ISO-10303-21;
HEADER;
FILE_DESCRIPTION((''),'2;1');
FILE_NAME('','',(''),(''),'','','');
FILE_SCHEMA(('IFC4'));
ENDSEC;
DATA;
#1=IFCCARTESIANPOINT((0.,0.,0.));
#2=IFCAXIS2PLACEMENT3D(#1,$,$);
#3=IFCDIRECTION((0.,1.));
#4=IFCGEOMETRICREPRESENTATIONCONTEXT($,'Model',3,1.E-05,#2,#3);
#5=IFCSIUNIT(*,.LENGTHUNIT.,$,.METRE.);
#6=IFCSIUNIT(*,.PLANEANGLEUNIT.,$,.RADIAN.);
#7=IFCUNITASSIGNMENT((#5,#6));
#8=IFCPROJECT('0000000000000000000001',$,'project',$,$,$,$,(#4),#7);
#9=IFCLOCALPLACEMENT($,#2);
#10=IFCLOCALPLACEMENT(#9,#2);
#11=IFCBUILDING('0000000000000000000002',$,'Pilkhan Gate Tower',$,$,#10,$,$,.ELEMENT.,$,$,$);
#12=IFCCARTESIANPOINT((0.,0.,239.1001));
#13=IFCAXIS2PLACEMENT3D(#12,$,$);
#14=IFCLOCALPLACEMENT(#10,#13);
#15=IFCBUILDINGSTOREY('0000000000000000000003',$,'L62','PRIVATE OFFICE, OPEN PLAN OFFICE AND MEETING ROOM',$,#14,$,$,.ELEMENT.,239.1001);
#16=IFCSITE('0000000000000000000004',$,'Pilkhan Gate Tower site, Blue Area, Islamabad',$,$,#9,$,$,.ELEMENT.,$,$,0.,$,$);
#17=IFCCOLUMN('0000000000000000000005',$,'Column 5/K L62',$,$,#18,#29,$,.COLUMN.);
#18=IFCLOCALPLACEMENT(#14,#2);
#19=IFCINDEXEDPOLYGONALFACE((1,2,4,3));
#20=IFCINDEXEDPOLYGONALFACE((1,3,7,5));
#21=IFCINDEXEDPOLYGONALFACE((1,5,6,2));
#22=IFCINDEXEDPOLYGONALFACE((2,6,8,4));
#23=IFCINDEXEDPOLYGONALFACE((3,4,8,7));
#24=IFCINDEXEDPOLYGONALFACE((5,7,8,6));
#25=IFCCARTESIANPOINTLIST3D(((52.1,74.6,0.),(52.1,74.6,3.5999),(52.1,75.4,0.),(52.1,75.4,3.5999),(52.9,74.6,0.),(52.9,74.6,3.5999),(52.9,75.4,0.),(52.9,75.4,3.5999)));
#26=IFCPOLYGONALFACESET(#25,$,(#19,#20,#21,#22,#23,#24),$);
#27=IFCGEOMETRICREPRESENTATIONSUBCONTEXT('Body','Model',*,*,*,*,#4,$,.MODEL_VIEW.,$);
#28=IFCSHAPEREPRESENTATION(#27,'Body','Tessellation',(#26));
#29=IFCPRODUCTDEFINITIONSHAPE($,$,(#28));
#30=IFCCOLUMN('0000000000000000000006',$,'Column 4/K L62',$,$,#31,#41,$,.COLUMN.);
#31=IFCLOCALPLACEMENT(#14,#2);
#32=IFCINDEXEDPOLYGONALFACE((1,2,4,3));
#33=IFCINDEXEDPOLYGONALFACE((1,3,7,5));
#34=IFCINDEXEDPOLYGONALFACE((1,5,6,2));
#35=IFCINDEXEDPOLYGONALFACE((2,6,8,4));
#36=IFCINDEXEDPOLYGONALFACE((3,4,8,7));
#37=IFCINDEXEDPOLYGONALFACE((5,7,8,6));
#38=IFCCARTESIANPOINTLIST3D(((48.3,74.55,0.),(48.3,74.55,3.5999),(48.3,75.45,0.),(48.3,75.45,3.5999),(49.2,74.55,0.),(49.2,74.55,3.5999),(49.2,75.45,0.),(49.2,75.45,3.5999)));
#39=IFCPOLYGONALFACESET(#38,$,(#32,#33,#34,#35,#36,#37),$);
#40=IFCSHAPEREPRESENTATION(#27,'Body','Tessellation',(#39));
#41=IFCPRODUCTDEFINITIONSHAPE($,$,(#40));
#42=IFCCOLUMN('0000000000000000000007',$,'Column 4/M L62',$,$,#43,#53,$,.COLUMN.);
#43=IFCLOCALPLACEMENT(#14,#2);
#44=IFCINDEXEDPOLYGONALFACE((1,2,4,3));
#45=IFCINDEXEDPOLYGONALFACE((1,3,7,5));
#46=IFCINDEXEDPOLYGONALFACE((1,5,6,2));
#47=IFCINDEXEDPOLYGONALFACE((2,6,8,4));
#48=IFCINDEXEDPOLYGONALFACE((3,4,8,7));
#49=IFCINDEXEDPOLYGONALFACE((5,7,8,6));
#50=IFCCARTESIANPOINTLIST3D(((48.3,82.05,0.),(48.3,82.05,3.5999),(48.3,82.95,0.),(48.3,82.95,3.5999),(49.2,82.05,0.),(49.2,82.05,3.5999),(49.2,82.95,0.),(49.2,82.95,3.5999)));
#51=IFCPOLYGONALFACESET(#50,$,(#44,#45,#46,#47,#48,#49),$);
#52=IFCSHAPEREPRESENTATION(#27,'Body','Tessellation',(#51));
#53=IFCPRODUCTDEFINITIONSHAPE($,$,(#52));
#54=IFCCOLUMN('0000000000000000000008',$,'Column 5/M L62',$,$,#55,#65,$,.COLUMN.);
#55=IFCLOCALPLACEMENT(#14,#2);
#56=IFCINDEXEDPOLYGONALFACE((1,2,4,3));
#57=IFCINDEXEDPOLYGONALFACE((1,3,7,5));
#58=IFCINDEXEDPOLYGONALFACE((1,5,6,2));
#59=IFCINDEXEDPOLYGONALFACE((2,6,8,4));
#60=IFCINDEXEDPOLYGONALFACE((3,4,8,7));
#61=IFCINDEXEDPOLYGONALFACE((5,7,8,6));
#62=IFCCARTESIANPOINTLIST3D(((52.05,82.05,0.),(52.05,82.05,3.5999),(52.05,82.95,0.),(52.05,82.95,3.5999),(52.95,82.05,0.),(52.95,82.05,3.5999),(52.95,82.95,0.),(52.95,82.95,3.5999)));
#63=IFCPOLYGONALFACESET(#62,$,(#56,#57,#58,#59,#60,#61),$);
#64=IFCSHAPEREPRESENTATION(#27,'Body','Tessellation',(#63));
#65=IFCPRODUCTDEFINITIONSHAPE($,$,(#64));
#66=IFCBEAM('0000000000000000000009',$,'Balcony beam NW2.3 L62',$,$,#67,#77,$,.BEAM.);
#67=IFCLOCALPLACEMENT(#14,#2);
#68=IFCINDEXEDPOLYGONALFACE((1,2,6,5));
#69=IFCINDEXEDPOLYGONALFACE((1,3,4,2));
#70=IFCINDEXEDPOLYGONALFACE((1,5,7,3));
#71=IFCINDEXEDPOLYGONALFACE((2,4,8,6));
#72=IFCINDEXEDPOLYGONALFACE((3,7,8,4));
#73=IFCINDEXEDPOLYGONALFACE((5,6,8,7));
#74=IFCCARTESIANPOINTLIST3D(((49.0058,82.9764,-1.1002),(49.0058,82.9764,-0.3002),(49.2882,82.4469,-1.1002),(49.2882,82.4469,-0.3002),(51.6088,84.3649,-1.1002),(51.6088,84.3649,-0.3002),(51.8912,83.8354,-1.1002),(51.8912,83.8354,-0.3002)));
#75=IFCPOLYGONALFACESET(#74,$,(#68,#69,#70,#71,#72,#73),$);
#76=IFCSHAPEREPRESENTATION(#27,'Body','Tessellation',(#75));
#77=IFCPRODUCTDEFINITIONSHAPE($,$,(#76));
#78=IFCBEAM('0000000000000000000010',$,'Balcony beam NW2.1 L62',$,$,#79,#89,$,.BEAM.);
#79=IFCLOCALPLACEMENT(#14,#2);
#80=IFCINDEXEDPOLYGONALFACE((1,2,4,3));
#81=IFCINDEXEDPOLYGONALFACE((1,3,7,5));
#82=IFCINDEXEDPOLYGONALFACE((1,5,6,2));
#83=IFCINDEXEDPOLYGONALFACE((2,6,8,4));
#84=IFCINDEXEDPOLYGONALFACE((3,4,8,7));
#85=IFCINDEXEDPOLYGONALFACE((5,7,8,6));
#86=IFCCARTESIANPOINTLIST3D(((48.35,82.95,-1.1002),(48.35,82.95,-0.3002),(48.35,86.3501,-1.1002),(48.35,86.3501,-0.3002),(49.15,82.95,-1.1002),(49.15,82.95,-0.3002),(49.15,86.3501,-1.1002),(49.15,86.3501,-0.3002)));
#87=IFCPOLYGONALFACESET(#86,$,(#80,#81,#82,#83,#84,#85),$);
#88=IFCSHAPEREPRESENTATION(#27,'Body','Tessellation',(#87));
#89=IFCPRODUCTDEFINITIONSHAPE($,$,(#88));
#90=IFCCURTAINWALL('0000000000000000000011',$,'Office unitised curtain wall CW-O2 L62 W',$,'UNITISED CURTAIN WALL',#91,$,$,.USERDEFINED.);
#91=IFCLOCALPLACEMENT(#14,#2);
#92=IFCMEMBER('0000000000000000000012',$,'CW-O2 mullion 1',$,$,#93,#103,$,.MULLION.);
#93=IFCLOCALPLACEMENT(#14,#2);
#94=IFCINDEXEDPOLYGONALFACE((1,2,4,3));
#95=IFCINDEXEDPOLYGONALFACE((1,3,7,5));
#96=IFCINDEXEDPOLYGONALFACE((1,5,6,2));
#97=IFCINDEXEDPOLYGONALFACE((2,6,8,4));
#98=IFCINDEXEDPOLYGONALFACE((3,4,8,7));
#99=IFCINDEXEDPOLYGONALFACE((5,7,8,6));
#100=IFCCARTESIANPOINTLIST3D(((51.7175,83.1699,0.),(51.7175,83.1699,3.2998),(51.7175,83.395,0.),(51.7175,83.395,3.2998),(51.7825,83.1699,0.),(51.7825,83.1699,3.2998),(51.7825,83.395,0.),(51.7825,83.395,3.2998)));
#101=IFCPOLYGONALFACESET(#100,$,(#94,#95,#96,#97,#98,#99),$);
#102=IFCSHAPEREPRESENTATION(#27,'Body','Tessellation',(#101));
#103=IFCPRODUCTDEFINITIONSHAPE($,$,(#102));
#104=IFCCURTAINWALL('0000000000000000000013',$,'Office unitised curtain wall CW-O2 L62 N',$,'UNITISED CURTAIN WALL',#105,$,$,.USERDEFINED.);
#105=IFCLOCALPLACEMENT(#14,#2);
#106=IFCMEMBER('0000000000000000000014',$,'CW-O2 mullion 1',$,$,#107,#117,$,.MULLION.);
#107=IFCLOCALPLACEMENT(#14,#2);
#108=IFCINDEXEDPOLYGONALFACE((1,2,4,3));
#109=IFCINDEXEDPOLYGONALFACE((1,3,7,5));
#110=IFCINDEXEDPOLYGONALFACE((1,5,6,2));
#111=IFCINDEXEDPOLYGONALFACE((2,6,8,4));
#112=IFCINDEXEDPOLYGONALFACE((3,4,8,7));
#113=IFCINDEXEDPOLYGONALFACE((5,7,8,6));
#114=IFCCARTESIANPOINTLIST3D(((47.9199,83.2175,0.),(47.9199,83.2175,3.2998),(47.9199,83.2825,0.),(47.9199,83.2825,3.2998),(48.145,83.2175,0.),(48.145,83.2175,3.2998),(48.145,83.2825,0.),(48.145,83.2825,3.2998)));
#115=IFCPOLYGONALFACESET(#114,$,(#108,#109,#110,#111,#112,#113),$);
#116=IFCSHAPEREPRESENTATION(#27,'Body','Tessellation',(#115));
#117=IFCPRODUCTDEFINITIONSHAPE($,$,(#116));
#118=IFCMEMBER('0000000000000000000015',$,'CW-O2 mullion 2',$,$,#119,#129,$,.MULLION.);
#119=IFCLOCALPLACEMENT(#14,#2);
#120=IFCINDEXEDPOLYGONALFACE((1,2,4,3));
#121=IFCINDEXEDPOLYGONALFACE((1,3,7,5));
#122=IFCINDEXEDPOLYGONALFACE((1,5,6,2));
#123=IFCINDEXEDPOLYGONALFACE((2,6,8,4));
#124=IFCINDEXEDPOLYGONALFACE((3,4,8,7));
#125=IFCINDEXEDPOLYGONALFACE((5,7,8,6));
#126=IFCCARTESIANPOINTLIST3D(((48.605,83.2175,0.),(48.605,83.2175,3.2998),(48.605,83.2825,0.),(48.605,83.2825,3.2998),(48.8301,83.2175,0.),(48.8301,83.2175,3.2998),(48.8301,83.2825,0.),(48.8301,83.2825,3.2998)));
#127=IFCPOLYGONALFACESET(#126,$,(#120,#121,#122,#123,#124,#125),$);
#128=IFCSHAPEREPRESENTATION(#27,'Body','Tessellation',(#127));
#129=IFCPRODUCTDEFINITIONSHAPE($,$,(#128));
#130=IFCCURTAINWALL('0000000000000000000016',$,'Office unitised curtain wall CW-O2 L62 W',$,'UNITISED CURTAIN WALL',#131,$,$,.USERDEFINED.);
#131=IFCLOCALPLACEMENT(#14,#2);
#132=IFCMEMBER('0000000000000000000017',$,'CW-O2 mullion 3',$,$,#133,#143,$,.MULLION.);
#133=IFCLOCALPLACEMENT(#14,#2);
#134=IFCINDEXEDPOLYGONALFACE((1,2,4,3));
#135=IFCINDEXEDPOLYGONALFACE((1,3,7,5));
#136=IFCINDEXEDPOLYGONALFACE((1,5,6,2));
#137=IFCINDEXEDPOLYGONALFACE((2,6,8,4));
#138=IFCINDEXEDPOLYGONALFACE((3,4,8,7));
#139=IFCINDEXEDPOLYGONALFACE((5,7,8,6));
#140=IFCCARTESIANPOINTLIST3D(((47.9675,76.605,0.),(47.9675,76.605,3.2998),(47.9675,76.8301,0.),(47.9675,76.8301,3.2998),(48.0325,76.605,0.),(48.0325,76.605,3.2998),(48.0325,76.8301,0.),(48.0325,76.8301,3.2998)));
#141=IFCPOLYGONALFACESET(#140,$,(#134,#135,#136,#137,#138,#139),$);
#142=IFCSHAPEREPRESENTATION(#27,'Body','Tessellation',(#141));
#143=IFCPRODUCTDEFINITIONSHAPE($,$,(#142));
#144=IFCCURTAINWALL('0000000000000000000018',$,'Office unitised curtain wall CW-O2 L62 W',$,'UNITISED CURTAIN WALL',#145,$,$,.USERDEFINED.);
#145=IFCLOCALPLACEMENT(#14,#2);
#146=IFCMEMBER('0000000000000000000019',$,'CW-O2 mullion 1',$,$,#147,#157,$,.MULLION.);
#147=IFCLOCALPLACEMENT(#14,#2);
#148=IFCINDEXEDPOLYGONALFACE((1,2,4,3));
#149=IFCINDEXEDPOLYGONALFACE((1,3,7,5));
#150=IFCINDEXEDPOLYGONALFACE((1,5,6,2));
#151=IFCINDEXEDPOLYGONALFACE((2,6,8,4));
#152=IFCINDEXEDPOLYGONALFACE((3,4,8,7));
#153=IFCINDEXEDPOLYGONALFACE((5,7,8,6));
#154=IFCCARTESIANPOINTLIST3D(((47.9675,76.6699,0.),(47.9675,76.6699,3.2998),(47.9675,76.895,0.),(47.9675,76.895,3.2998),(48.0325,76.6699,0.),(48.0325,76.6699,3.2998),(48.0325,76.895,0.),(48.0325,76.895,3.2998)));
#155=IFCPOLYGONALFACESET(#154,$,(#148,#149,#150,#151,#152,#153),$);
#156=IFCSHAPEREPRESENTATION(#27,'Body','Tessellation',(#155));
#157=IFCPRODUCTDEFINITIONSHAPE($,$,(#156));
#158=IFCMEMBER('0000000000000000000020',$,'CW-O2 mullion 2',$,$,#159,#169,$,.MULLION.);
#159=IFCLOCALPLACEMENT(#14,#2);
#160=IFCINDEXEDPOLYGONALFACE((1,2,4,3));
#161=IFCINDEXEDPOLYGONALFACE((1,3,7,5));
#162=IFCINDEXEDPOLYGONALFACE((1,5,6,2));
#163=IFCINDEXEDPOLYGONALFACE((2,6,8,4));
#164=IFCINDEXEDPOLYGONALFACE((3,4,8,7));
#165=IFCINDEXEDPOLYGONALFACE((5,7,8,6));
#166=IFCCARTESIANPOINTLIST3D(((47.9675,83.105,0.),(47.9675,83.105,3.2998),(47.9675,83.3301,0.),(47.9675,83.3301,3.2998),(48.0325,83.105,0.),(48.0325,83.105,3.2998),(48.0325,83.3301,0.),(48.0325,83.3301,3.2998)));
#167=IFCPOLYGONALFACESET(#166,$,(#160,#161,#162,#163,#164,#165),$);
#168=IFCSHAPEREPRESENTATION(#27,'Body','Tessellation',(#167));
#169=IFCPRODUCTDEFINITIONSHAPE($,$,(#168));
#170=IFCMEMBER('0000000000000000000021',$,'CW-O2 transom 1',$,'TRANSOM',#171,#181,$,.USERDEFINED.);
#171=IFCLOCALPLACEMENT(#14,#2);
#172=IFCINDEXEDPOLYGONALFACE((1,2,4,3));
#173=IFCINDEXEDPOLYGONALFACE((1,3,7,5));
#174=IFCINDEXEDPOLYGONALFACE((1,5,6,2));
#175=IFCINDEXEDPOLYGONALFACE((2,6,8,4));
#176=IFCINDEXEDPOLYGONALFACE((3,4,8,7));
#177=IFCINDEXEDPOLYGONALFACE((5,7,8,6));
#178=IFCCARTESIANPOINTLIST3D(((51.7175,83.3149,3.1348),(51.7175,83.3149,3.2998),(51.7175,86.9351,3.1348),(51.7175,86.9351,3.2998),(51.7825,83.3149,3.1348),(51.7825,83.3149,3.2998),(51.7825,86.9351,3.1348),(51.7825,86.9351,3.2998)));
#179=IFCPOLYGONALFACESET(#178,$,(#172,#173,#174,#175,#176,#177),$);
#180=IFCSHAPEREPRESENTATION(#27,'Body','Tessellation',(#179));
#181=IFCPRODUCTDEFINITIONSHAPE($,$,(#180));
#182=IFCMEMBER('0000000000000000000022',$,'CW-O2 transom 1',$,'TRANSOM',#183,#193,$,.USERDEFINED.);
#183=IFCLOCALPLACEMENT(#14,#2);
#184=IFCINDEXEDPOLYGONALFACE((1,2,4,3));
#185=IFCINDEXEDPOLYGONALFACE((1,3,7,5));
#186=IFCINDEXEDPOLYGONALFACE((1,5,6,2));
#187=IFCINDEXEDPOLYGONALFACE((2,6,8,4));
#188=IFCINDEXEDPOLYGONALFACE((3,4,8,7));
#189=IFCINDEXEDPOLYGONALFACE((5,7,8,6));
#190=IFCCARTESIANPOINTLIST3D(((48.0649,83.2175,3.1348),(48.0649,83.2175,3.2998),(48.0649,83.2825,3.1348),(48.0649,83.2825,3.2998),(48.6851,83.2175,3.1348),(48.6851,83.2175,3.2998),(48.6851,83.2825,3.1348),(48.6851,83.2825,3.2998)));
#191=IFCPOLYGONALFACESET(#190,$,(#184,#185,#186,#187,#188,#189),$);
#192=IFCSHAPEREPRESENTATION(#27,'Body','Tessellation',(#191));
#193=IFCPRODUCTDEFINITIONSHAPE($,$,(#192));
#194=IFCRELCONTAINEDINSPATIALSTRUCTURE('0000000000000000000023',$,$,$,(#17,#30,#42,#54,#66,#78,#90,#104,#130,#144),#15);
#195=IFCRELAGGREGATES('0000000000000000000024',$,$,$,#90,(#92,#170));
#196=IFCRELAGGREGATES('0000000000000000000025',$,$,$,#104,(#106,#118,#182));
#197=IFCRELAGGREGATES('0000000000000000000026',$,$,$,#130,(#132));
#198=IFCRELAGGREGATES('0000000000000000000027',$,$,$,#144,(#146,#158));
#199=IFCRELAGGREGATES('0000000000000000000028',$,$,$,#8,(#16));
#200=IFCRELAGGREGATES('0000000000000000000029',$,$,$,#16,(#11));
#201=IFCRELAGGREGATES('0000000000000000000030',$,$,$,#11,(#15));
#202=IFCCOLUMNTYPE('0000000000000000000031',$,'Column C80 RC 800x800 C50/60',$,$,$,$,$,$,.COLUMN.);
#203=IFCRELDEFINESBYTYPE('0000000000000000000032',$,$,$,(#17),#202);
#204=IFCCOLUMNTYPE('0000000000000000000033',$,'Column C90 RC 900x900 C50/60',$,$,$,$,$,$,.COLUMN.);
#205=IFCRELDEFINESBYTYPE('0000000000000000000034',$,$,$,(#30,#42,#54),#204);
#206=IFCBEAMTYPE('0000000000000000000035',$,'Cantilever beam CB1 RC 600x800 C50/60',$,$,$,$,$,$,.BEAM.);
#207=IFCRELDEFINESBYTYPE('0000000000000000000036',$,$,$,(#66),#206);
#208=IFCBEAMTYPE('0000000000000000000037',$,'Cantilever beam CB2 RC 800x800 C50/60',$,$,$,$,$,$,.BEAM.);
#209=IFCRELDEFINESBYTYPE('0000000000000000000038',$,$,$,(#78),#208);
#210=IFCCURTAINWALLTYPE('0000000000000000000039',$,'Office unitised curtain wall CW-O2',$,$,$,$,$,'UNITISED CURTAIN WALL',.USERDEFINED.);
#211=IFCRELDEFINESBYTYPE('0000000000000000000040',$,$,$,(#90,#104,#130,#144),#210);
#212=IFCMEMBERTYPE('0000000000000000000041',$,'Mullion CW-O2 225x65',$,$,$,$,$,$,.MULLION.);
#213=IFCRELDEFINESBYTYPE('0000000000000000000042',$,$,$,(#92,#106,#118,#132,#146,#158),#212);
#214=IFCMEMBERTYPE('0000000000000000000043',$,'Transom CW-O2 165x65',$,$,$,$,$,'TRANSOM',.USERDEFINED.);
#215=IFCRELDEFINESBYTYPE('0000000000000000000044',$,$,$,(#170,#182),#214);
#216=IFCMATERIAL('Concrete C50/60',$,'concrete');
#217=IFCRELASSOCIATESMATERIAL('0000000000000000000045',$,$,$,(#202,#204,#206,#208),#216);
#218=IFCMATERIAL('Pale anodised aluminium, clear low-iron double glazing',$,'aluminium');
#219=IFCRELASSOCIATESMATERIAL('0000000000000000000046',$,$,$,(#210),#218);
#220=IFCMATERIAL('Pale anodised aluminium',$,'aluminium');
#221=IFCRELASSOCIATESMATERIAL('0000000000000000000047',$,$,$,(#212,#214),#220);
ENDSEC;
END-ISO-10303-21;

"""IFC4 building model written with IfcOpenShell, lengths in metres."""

from ifc_helpers import new_model, si_unit, direction, frame, origin, origin_2d, place, context, subcontext, project, spatial, rectangle, extrude, material, material_profile, profile_set, type_object, element, aggregate, save


model = new_model("IFC4")

# Units and contexts
model_context = context("Model", 3, precision=1e-05, world=origin(), true_north=direction((0.0, 1.0)))
body_context = subcontext(model_context, "Body", "Model", "MODEL_VIEW")
ifc_project = project(units=[si_unit("LENGTHUNIT", "METRE"), si_unit("PLANEANGLEUNIT", "RADIAN")], contexts=[model_context])

# Site, building, storey
site_placement = place(None, origin())
site = spatial("IfcSite", under=ifc_project, at=site_placement, Name="Pilkhan Gate Tower site, Blue Area, Islamabad", CompositionType="ELEMENT", RefElevation=0.0)
building_placement = place(site_placement, origin())
building = spatial("IfcBuilding", under=site, at=building_placement, Name="Pilkhan Gate Tower", CompositionType="ELEMENT")
storey_placement = place(building_placement, frame((0.0, 0.0, 239.1001)))
storey = spatial("IfcBuildingStorey", under=building, at=storey_placement, Name="L62", Description="PRIVATE OFFICE, OPEN PLAN OFFICE AND MEETING ROOM", CompositionType="ELEMENT", Elevation=239.1001)

# Columns
ifc_material_1 = material(Name="Concrete C50/60", Category="concrete")
ifc_material_profile_1 = material_profile(ifc_material_1, rectangle(XDim=0.8, YDim=0.8, at=origin_2d()), Name="RC 800x800")
ifc_profile_set_1 = profile_set([ifc_material_profile_1], Name="Concrete C50/60")
column_type_1 = type_object("IfcColumnType", Name="Column C80 RC 800x800 C50/60", PredefinedType="COLUMN", material=ifc_profile_set_1)
column_placement = place(storey_placement, frame((52.5, 75.0, 0.0), z_axis=(0.0, 0.0, 1.0), x_axis=(1.0, 0.0, 0.0)))
element("IfcColumn", 1, at=column_placement, inside=storey, type_object=column_type_1, Name="Column 5/K L62", PredefinedType="COLUMN", context=body_context, shape_type="SweptSolid", body=[
    extrude(rectangle(XDim=0.8, YDim=0.8, at=origin_2d()), origin(), (0.0, 0.0, 1.0), 3.5999),
])
ifc_material_profile_2 = material_profile(ifc_material_1, rectangle(XDim=0.8999, YDim=0.8999, at=origin_2d()), Name="RC 900x900")
ifc_profile_set_2 = profile_set([ifc_material_profile_2], Name="Concrete C50/60")
column_type_2 = type_object("IfcColumnType", Name="Column C90 RC 900x900 C50/60", PredefinedType="COLUMN", material=ifc_profile_set_2)
for number, where, z_axis, x_axis, name in (
    (2, (48.75, 75.0, 0.0), (0.0, 0.0, 1.0), (1.0, 0.0, 0.0), "Column 4/K L62"),
    (3, (48.75, 82.5, 0.0), (0.0, 0.0, 1.0), (1.0, 0.0, 0.0), "Column 4/M L62"),
    (4, (52.5, 82.5, 0.0), (0.0, 0.0, 1.0), (1.0, 0.0, 0.0), "Column 5/M L62"),
):
    element("IfcColumn", number, at=place(storey_placement, frame(where, z_axis=z_axis, x_axis=x_axis)), inside=storey, type_object=column_type_2, Name=name, PredefinedType="COLUMN", context=body_context, shape_type="SweptSolid", body=[
        extrude(rectangle(XDim=0.8999, YDim=0.8999, at=origin_2d()), origin(), (0.0, 0.0, 1.0), 3.5999),
    ])

# Beams
ifc_material_profile_3 = material_profile(ifc_material_1, rectangle(XDim=0.6001, YDim=0.8, at=origin_2d()), Name="RC 600x800")
ifc_profile_set_3 = profile_set([ifc_material_profile_3], Name="Concrete C50/60")
beam_type_1 = type_object("IfcBeamType", Name="Cantilever beam CB1 RC 600x800 C50/60", PredefinedType="BEAM", material=ifc_profile_set_3)
beam_1_placement = place(storey_placement, frame((49.147, 82.7117, -0.7002), z_axis=(0.882332, 0.470627, 0.0), x_axis=(-0.470627, 0.882332, 0.0)))
element("IfcBeam", 5, at=beam_1_placement, inside=storey, type_object=beam_type_1, Name="Balcony beam NW2.3 L62", PredefinedType="BEAM", context=body_context, shape_type="SweptSolid", body=[
    extrude(rectangle(XDim=0.6001, YDim=0.8, at=origin_2d()), origin(), (0.0, 0.0, 1.0), 2.9502),
])
ifc_material_profile_4 = material_profile(ifc_material_1, rectangle(XDim=0.8, YDim=0.8, at=origin_2d()), Name="RC 800x800")
ifc_profile_set_4 = profile_set([ifc_material_profile_4], Name="Concrete C50/60")
beam_type_2 = type_object("IfcBeamType", Name="Cantilever beam CB2 RC 800x800 C50/60", PredefinedType="BEAM", material=ifc_profile_set_4)
beam_2_placement = place(storey_placement, frame((48.75, 82.95, -0.7002), z_axis=(0.0, 1.0, 0.0), x_axis=(-1.0, 0.0, 0.0)))
element("IfcBeam", 6, at=beam_2_placement, inside=storey, type_object=beam_type_2, Name="Balcony beam NW2.1 L62", PredefinedType="BEAM", context=body_context, shape_type="SweptSolid", body=[
    extrude(rectangle(XDim=0.8, YDim=0.8, at=origin_2d()), origin(), (0.0, 0.0, 1.0), 3.4001),
])

# Curtain wall, member
ifc_material_2 = material(Name="Pale anodised aluminium, clear low-iron double glazing", Category="aluminium")
curtain_wall_type = type_object("IfcCurtainWallType", Name="Office unitised curtain wall CW-O2", ElementType="UNITISED CURTAIN WALL", PredefinedType="USERDEFINED", material=ifc_material_2)
curtain_wall_1_placement = place(storey_placement, origin())
curtain_wall_1 = element("IfcCurtainWall", 7, at=curtain_wall_1_placement, inside=storey, type_object=curtain_wall_type, Name="Office unitised curtain wall CW-O2 L62 W", ObjectType="UNITISED CURTAIN WALL", PredefinedType="USERDEFINED")
ifc_material_3 = material(Name="Pale anodised aluminium", Category="aluminium")
ifc_material_profile_5 = material_profile(ifc_material_3, rectangle(XDim=0.0649, YDim=0.2251, at=origin_2d()), Name="Mullion 225x65")
ifc_profile_set_5 = profile_set([ifc_material_profile_5], Name="Pale anodised aluminium")
member_type_1 = type_object("IfcMemberType", Name="Mullion CW-O2 225x65", PredefinedType="MULLION", material=ifc_profile_set_5)
member_1_placement = place(storey_placement, frame((51.75, 83.2825, 0.0), z_axis=(0.0, 0.0, 1.0), x_axis=(-1.0, 0.0, 0.0)))
member_1 = element("IfcMember", 8, at=member_1_placement, type_object=member_type_1, Name="CW-O2 mullion 1", PredefinedType="MULLION", context=body_context, shape_type="SweptSolid", body=[
    extrude(rectangle(XDim=0.0649, YDim=0.2251, at=origin_2d()), origin(), (0.0, 0.0, 1.0), 3.2998),
])

# Curtain wall, members
curtain_wall_2_placement = place(storey_placement, origin())
curtain_wall_2 = element("IfcCurtainWall", 9, at=curtain_wall_2_placement, inside=storey, type_object=curtain_wall_type, Name="Office unitised curtain wall CW-O2 L62 N", ObjectType="UNITISED CURTAIN WALL", PredefinedType="USERDEFINED")
member_2_placement = place(storey_placement, frame((48.0325, 83.25, 0.0), z_axis=(0.0, 0.0, 1.0), x_axis=(0.0, 1.0, 0.0)))
member_2 = element("IfcMember", 10, at=member_2_placement, type_object=member_type_1, Name="CW-O2 mullion 1", PredefinedType="MULLION", context=body_context, shape_type="SweptSolid", body=[
    extrude(rectangle(XDim=0.0649, YDim=0.2251, at=origin_2d()), origin(), (0.0, 0.0, 1.0), 3.2998),
])
member_3_placement = place(storey_placement, frame((48.7175, 83.25, 0.0), z_axis=(0.0, 0.0, 1.0), x_axis=(0.0, 1.0, 0.0)))
member_3 = element("IfcMember", 11, at=member_3_placement, type_object=member_type_1, Name="CW-O2 mullion 2", PredefinedType="MULLION", context=body_context, shape_type="SweptSolid", body=[
    extrude(rectangle(XDim=0.0649, YDim=0.2251, at=origin_2d()), origin(), (0.0, 0.0, 1.0), 3.2998),
])

# Curtain wall, member
curtain_wall_3_placement = place(storey_placement, origin())
curtain_wall_3 = element("IfcCurtainWall", 12, at=curtain_wall_3_placement, inside=storey, type_object=curtain_wall_type, Name="Office unitised curtain wall CW-O2 L62 W", ObjectType="UNITISED CURTAIN WALL", PredefinedType="USERDEFINED")
member_4_placement = place(storey_placement, frame((48.0, 76.7175, 0.0), z_axis=(0.0, 0.0, 1.0), x_axis=(-1.0, 0.0, 0.0)))
member_4 = element("IfcMember", 13, at=member_4_placement, type_object=member_type_1, Name="CW-O2 mullion 3", PredefinedType="MULLION", context=body_context, shape_type="SweptSolid", body=[
    extrude(rectangle(XDim=0.0649, YDim=0.2251, at=origin_2d()), origin(), (0.0, 0.0, 1.0), 3.2998),
])

# Curtain wall, members
curtain_wall_4_placement = place(storey_placement, origin())
curtain_wall_4 = element("IfcCurtainWall", 14, at=curtain_wall_4_placement, inside=storey, type_object=curtain_wall_type, Name="Office unitised curtain wall CW-O2 L62 W", ObjectType="UNITISED CURTAIN WALL", PredefinedType="USERDEFINED")
member_5_placement = place(storey_placement, frame((48.0, 76.7825, 0.0), z_axis=(0.0, 0.0, 1.0), x_axis=(-1.0, 0.0, 0.0)))
member_5 = element("IfcMember", 15, at=member_5_placement, type_object=member_type_1, Name="CW-O2 mullion 1", PredefinedType="MULLION", context=body_context, shape_type="SweptSolid", body=[
    extrude(rectangle(XDim=0.0649, YDim=0.2251, at=origin_2d()), origin(), (0.0, 0.0, 1.0), 3.2998),
])
member_6_placement = place(storey_placement, frame((48.0, 83.2175, 0.0), z_axis=(0.0, 0.0, 1.0), x_axis=(-1.0, 0.0, 0.0)))
member_6 = element("IfcMember", 16, at=member_6_placement, type_object=member_type_1, Name="CW-O2 mullion 2", PredefinedType="MULLION", context=body_context, shape_type="SweptSolid", body=[
    extrude(rectangle(XDim=0.0649, YDim=0.2251, at=origin_2d()), origin(), (0.0, 0.0, 1.0), 3.2998),
])

# Members
ifc_material_profile_6 = material_profile(ifc_material_3, rectangle(XDim=0.0649, YDim=0.165, at=origin_2d()), Name="Transom 165x65")
ifc_profile_set_6 = profile_set([ifc_material_profile_6], Name="Pale anodised aluminium")
member_type_2 = type_object("IfcMemberType", Name="Transom CW-O2 165x65", ElementType="TRANSOM", PredefinedType="USERDEFINED", material=ifc_profile_set_6)
member_7_placement = place(storey_placement, frame((51.75, 83.3149, 3.2173), z_axis=(0.0, 1.0, 0.0), x_axis=(-1.0, 0.0, 0.0)))
member_7 = element("IfcMember", 17, at=member_7_placement, type_object=member_type_2, Name="CW-O2 transom 1", ObjectType="TRANSOM", PredefinedType="USERDEFINED", context=body_context, shape_type="SweptSolid", body=[
    extrude(rectangle(XDim=0.0649, YDim=0.165, at=origin_2d()), origin(), (0.0, 0.0, 1.0), 3.6201),
])
member_8_placement = place(storey_placement, frame((48.0649, 83.25, 3.2173), z_axis=(1.0, 0.0, 0.0), x_axis=(0.0, 1.0, 0.0)))
member_8 = element("IfcMember", 18, at=member_8_placement, type_object=member_type_2, Name="CW-O2 transom 1", ObjectType="TRANSOM", PredefinedType="USERDEFINED", context=body_context, shape_type="SweptSolid", body=[
    extrude(rectangle(XDim=0.0649, YDim=0.165, at=origin_2d()), origin(), (0.0, 0.0, 1.0), 0.6201),
])

aggregate(curtain_wall_1, [member_1, member_7])
aggregate(curtain_wall_2, [member_2, member_3, member_8])
aggregate(curtain_wall_3, [member_4])
aggregate(curtain_wall_4, [member_5, member_6])

save(model, "model.ifc")
